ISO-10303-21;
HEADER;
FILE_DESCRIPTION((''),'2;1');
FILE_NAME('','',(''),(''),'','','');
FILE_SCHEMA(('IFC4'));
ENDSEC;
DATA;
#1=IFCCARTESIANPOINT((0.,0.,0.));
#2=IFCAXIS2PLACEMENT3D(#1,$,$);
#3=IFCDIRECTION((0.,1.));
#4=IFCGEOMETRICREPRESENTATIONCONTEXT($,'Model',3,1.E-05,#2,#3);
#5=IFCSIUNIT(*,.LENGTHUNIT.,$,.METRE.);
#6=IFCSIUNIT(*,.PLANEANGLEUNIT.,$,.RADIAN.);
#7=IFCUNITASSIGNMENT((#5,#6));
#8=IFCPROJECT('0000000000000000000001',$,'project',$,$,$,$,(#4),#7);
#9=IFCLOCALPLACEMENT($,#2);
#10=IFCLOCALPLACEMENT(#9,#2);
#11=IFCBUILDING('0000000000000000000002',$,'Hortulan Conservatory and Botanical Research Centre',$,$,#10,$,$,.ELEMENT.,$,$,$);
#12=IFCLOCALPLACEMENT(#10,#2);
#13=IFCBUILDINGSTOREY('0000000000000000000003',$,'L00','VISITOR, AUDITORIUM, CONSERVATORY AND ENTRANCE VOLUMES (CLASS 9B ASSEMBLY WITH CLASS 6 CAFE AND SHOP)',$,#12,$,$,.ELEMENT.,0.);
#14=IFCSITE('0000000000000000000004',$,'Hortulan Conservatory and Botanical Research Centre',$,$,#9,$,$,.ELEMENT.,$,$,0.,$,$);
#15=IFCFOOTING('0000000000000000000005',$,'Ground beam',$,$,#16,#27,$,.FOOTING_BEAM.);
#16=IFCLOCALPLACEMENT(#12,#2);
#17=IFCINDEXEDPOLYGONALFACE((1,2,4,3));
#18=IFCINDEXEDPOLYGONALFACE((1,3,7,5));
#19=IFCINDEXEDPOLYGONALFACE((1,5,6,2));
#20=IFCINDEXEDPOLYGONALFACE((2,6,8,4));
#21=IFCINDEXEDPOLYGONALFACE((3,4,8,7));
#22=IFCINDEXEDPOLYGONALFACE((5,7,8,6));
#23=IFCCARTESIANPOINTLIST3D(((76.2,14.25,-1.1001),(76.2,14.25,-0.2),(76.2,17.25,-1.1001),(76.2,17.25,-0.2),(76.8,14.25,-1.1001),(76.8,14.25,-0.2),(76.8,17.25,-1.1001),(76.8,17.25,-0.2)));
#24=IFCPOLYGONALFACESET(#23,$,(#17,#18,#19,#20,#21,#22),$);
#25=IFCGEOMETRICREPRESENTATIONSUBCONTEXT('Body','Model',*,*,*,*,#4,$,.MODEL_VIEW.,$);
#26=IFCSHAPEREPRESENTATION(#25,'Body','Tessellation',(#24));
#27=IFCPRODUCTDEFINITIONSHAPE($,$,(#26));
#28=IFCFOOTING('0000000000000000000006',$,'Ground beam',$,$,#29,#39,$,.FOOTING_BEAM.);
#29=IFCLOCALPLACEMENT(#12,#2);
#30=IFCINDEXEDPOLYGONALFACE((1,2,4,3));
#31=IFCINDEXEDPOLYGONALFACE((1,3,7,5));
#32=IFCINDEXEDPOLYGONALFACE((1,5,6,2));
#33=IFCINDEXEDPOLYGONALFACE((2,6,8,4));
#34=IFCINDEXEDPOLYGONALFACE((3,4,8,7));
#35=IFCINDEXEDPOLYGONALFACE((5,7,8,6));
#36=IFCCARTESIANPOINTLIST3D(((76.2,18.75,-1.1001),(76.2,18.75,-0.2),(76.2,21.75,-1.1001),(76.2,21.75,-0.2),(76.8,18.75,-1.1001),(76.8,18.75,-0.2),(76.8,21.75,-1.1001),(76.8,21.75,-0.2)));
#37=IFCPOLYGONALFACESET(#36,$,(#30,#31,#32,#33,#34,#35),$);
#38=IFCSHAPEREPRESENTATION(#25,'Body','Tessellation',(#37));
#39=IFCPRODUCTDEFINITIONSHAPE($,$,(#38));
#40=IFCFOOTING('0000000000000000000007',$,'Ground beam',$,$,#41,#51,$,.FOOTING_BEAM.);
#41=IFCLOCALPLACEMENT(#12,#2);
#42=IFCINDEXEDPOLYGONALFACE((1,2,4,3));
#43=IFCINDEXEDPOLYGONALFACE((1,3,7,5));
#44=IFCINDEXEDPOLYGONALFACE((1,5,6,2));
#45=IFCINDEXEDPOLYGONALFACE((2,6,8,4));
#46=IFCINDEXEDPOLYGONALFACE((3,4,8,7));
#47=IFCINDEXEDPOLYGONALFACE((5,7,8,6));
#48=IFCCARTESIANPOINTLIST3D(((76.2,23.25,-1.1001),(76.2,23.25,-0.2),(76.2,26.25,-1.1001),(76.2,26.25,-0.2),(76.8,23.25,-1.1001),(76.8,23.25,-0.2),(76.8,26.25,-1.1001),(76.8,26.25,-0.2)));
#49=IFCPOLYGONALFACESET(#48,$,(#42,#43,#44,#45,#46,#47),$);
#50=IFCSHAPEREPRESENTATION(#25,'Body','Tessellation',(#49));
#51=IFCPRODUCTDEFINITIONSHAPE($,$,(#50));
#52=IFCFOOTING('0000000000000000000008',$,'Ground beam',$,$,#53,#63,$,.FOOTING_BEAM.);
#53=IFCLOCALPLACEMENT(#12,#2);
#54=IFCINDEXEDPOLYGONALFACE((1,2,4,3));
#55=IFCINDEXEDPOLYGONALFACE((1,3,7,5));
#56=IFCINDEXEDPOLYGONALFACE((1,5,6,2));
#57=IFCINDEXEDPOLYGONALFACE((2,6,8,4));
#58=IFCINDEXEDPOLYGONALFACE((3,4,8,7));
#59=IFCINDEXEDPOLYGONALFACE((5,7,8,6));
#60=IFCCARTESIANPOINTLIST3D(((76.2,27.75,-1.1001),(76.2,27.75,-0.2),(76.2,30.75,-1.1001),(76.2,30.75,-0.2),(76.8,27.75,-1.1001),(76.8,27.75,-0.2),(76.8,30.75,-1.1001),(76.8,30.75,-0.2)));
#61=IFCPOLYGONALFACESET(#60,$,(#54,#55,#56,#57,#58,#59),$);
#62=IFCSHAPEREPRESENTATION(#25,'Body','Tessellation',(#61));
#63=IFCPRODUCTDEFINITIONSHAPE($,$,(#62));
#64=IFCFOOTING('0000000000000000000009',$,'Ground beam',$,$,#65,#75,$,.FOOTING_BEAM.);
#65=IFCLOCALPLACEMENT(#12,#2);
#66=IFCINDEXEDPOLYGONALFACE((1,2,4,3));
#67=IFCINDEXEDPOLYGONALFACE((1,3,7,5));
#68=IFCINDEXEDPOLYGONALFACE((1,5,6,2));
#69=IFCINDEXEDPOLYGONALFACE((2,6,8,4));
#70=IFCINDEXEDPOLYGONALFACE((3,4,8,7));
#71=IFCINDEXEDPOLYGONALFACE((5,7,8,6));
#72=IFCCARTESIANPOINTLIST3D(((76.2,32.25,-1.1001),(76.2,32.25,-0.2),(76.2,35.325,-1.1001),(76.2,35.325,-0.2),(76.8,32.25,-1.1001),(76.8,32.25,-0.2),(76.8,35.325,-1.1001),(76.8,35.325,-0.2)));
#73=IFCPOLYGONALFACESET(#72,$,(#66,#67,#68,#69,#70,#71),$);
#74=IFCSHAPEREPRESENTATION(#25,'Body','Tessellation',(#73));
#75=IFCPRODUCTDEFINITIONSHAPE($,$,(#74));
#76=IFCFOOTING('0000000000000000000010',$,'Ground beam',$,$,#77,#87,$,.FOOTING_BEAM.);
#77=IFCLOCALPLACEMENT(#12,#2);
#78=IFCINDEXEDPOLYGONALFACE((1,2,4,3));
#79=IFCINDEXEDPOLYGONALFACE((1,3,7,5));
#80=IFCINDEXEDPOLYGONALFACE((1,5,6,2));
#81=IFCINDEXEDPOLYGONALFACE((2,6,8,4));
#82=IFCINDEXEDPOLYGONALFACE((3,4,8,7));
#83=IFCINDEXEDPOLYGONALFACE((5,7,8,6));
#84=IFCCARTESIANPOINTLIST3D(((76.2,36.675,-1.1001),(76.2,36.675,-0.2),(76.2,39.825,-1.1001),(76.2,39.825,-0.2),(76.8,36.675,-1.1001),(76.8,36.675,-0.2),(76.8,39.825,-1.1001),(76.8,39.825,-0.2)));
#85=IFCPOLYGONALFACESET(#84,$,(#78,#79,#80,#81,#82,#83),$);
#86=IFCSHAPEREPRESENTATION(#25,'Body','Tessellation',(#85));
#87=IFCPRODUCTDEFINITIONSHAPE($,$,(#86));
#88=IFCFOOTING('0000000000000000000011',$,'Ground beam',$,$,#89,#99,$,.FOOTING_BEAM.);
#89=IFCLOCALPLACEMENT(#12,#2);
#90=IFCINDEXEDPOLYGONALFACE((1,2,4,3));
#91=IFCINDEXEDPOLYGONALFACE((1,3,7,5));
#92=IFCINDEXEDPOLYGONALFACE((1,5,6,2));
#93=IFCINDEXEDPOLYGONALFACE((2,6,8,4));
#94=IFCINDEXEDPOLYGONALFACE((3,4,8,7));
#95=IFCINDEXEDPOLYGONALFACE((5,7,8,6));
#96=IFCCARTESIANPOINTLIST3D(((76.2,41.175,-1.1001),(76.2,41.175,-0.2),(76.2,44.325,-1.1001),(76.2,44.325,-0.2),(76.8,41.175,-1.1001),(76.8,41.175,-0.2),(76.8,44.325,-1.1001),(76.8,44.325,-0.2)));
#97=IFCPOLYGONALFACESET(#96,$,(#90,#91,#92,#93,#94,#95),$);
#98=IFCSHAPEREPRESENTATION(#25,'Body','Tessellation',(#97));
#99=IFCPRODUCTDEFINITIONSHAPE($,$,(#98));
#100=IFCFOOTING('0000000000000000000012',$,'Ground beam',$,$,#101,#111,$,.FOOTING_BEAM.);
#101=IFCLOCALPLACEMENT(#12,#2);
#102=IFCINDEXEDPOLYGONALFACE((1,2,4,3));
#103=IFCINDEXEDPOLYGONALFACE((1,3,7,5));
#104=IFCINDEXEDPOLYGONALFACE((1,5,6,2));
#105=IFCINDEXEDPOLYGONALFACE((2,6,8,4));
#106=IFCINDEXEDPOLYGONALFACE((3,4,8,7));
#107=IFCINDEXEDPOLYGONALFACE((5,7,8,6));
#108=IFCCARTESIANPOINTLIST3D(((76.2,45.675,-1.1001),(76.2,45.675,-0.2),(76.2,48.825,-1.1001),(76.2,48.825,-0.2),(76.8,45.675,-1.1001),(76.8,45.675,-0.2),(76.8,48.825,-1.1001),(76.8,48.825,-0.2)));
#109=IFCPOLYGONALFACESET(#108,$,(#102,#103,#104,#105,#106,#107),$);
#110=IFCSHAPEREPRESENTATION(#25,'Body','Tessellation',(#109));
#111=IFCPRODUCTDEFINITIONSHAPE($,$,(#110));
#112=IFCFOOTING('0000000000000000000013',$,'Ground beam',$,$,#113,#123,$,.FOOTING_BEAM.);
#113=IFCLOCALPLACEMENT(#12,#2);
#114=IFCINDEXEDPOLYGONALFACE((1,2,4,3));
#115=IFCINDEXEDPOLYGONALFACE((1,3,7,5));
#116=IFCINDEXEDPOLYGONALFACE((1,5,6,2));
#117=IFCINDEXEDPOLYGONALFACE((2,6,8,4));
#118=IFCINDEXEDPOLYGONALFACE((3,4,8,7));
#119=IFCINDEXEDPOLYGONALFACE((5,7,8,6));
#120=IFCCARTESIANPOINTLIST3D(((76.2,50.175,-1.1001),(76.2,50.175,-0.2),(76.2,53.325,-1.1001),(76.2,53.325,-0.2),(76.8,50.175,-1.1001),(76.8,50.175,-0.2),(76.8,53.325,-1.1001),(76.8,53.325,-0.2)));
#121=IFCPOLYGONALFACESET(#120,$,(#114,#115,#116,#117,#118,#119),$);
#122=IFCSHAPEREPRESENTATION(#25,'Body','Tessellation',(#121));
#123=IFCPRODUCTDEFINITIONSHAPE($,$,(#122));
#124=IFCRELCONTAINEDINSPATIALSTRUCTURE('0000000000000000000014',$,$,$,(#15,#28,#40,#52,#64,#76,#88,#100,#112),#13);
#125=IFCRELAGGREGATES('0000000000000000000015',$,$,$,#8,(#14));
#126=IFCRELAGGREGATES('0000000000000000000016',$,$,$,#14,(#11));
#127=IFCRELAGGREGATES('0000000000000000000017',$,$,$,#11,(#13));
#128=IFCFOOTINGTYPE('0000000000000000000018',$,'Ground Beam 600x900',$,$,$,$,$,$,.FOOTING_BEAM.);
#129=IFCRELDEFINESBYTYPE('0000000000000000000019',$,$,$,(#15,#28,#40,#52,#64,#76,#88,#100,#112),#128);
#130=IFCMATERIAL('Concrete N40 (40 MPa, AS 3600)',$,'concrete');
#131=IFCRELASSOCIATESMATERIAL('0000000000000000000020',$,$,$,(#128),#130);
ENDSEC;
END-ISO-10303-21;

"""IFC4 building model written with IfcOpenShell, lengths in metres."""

from ifc_helpers import new_model, si_unit, direction, frame, origin, place, context, subcontext, project, spatial, polyline, outline, extrude, material, type_object, element, save


model = new_model("IFC4")

# Units and contexts
model_context = context("Model", 3, precision=1e-05, world=origin(), true_north=direction((0.0, 1.0)))
body_context = subcontext(model_context, "Body", "Model", "MODEL_VIEW")
ifc_project = project(units=[si_unit("LENGTHUNIT", "METRE"), si_unit("PLANEANGLEUNIT", "RADIAN")], contexts=[model_context])

# Site, building, storey
site_placement = place(None, origin())
site = spatial("IfcSite", under=ifc_project, at=site_placement, Name="Hortulan Conservatory and Botanical Research Centre", CompositionType="ELEMENT", RefElevation=0.0)
building_placement = place(site_placement, origin())
building = spatial("IfcBuilding", under=site, at=building_placement, Name="Hortulan Conservatory and Botanical Research Centre", CompositionType="ELEMENT")
storey_placement = place(building_placement, origin())
storey = spatial("IfcBuildingStorey", under=building, at=storey_placement, Name="L00", Description="VISITOR, AUDITORIUM, CONSERVATORY AND ENTRANCE VOLUMES (CLASS 9B ASSEMBLY WITH CLASS 6 CAFE AND SHOP)", CompositionType="ELEMENT", Elevation=0.0)

# Footings
ifc_material = material(Name="Concrete N40 (40 MPa, AS 3600)", Category="concrete")
footing_type = type_object("IfcFootingType", Name="Ground Beam 600x900", PredefinedType="FOOTING_BEAM", material=ifc_material)
footing_1_placement = place(storey_placement, frame((0.0, 0.0, -1.1001)))
element("IfcFooting", 1, at=footing_1_placement, inside=storey, type_object=footing_type, Name="Ground beam", PredefinedType="FOOTING_BEAM", context=body_context, shape_type="SweptSolid", body=[
    extrude(outline(polyline([(76.8, 14.25), (76.8, 17.25), (76.2, 17.25), (76.2, 14.25), (76.8, 14.25)])), origin(), (0.0, 0.0, 1.0), 0.9001),
])
footing_2_placement = place(storey_placement, frame((0.0, 0.0, -1.1001)))
element("IfcFooting", 2, at=footing_2_placement, inside=storey, type_object=footing_type, Name="Ground beam", PredefinedType="FOOTING_BEAM", context=body_context, shape_type="SweptSolid", body=[
    extrude(outline(polyline([(76.8, 18.75), (76.8, 21.75), (76.2, 21.75), (76.2, 18.75), (76.8, 18.75)])), origin(), (0.0, 0.0, 1.0), 0.9001),
])
footing_3_placement = place(storey_placement, frame((0.0, 0.0, -1.1001)))
element("IfcFooting", 3, at=footing_3_placement, inside=storey, type_object=footing_type, Name="Ground beam", PredefinedType="FOOTING_BEAM", context=body_context, shape_type="SweptSolid", body=[
    extrude(outline(polyline([(76.8, 23.25), (76.8, 26.25), (76.2, 26.25), (76.2, 23.25), (76.8, 23.25)])), origin(), (0.0, 0.0, 1.0), 0.9001),
])
footing_4_placement = place(storey_placement, frame((0.0, 0.0, -1.1001)))
element("IfcFooting", 4, at=footing_4_placement, inside=storey, type_object=footing_type, Name="Ground beam", PredefinedType="FOOTING_BEAM", context=body_context, shape_type="SweptSolid", body=[
    extrude(outline(polyline([(76.8, 27.75), (76.8, 30.75), (76.2, 30.75), (76.2, 27.75), (76.8, 27.75)])), origin(), (0.0, 0.0, 1.0), 0.9001),
])
footing_5_placement = place(storey_placement, frame((0.0, 0.0, -1.1001)))
element("IfcFooting", 5, at=footing_5_placement, inside=storey, type_object=footing_type, Name="Ground beam", PredefinedType="FOOTING_BEAM", context=body_context, shape_type="SweptSolid", body=[
    extrude(outline(polyline([(76.8, 32.25), (76.8, 35.325), (76.2, 35.325), (76.2, 32.25), (76.8, 32.25)])), origin(), (0.0, 0.0, 1.0), 0.9001),
])
footing_6_placement = place(storey_placement, frame((0.0, 0.0, -1.1001)))
element("IfcFooting", 6, at=footing_6_placement, inside=storey, type_object=footing_type, Name="Ground beam", PredefinedType="FOOTING_BEAM", context=body_context, shape_type="SweptSolid", body=[
    extrude(outline(polyline([(76.8, 36.675), (76.8, 39.825), (76.2, 39.825), (76.2, 36.675), (76.8, 36.675)])), origin(), (0.0, 0.0, 1.0), 0.9001),
])
footing_7_placement = place(storey_placement, frame((0.0, 0.0, -1.1001)))
element("IfcFooting", 7, at=footing_7_placement, inside=storey, type_object=footing_type, Name="Ground beam", PredefinedType="FOOTING_BEAM", context=body_context, shape_type="SweptSolid", body=[
    extrude(outline(polyline([(76.8, 41.175), (76.8, 44.325), (76.2, 44.325), (76.2, 41.175), (76.8, 41.175)])), origin(), (0.0, 0.0, 1.0), 0.9001),
])
footing_8_placement = place(storey_placement, frame((0.0, 0.0, -1.1001)))
element("IfcFooting", 8, at=footing_8_placement, inside=storey, type_object=footing_type, Name="Ground beam", PredefinedType="FOOTING_BEAM", context=body_context, shape_type="SweptSolid", body=[
    extrude(outline(polyline([(76.8, 45.675), (76.8, 48.825), (76.2, 48.825), (76.2, 45.675), (76.8, 45.675)])), origin(), (0.0, 0.0, 1.0), 0.9001),
])
footing_9_placement = place(storey_placement, frame((0.0, 0.0, -1.1001)))
element("IfcFooting", 9, at=footing_9_placement, inside=storey, type_object=footing_type, Name="Ground beam", PredefinedType="FOOTING_BEAM", context=body_context, shape_type="SweptSolid", body=[
    extrude(outline(polyline([(76.8, 50.175), (76.8, 53.325), (76.2, 53.325), (76.2, 50.175), (76.8, 50.175)])), origin(), (0.0, 0.0, 1.0), 0.9001),
])

save(model, "model.ifc")
